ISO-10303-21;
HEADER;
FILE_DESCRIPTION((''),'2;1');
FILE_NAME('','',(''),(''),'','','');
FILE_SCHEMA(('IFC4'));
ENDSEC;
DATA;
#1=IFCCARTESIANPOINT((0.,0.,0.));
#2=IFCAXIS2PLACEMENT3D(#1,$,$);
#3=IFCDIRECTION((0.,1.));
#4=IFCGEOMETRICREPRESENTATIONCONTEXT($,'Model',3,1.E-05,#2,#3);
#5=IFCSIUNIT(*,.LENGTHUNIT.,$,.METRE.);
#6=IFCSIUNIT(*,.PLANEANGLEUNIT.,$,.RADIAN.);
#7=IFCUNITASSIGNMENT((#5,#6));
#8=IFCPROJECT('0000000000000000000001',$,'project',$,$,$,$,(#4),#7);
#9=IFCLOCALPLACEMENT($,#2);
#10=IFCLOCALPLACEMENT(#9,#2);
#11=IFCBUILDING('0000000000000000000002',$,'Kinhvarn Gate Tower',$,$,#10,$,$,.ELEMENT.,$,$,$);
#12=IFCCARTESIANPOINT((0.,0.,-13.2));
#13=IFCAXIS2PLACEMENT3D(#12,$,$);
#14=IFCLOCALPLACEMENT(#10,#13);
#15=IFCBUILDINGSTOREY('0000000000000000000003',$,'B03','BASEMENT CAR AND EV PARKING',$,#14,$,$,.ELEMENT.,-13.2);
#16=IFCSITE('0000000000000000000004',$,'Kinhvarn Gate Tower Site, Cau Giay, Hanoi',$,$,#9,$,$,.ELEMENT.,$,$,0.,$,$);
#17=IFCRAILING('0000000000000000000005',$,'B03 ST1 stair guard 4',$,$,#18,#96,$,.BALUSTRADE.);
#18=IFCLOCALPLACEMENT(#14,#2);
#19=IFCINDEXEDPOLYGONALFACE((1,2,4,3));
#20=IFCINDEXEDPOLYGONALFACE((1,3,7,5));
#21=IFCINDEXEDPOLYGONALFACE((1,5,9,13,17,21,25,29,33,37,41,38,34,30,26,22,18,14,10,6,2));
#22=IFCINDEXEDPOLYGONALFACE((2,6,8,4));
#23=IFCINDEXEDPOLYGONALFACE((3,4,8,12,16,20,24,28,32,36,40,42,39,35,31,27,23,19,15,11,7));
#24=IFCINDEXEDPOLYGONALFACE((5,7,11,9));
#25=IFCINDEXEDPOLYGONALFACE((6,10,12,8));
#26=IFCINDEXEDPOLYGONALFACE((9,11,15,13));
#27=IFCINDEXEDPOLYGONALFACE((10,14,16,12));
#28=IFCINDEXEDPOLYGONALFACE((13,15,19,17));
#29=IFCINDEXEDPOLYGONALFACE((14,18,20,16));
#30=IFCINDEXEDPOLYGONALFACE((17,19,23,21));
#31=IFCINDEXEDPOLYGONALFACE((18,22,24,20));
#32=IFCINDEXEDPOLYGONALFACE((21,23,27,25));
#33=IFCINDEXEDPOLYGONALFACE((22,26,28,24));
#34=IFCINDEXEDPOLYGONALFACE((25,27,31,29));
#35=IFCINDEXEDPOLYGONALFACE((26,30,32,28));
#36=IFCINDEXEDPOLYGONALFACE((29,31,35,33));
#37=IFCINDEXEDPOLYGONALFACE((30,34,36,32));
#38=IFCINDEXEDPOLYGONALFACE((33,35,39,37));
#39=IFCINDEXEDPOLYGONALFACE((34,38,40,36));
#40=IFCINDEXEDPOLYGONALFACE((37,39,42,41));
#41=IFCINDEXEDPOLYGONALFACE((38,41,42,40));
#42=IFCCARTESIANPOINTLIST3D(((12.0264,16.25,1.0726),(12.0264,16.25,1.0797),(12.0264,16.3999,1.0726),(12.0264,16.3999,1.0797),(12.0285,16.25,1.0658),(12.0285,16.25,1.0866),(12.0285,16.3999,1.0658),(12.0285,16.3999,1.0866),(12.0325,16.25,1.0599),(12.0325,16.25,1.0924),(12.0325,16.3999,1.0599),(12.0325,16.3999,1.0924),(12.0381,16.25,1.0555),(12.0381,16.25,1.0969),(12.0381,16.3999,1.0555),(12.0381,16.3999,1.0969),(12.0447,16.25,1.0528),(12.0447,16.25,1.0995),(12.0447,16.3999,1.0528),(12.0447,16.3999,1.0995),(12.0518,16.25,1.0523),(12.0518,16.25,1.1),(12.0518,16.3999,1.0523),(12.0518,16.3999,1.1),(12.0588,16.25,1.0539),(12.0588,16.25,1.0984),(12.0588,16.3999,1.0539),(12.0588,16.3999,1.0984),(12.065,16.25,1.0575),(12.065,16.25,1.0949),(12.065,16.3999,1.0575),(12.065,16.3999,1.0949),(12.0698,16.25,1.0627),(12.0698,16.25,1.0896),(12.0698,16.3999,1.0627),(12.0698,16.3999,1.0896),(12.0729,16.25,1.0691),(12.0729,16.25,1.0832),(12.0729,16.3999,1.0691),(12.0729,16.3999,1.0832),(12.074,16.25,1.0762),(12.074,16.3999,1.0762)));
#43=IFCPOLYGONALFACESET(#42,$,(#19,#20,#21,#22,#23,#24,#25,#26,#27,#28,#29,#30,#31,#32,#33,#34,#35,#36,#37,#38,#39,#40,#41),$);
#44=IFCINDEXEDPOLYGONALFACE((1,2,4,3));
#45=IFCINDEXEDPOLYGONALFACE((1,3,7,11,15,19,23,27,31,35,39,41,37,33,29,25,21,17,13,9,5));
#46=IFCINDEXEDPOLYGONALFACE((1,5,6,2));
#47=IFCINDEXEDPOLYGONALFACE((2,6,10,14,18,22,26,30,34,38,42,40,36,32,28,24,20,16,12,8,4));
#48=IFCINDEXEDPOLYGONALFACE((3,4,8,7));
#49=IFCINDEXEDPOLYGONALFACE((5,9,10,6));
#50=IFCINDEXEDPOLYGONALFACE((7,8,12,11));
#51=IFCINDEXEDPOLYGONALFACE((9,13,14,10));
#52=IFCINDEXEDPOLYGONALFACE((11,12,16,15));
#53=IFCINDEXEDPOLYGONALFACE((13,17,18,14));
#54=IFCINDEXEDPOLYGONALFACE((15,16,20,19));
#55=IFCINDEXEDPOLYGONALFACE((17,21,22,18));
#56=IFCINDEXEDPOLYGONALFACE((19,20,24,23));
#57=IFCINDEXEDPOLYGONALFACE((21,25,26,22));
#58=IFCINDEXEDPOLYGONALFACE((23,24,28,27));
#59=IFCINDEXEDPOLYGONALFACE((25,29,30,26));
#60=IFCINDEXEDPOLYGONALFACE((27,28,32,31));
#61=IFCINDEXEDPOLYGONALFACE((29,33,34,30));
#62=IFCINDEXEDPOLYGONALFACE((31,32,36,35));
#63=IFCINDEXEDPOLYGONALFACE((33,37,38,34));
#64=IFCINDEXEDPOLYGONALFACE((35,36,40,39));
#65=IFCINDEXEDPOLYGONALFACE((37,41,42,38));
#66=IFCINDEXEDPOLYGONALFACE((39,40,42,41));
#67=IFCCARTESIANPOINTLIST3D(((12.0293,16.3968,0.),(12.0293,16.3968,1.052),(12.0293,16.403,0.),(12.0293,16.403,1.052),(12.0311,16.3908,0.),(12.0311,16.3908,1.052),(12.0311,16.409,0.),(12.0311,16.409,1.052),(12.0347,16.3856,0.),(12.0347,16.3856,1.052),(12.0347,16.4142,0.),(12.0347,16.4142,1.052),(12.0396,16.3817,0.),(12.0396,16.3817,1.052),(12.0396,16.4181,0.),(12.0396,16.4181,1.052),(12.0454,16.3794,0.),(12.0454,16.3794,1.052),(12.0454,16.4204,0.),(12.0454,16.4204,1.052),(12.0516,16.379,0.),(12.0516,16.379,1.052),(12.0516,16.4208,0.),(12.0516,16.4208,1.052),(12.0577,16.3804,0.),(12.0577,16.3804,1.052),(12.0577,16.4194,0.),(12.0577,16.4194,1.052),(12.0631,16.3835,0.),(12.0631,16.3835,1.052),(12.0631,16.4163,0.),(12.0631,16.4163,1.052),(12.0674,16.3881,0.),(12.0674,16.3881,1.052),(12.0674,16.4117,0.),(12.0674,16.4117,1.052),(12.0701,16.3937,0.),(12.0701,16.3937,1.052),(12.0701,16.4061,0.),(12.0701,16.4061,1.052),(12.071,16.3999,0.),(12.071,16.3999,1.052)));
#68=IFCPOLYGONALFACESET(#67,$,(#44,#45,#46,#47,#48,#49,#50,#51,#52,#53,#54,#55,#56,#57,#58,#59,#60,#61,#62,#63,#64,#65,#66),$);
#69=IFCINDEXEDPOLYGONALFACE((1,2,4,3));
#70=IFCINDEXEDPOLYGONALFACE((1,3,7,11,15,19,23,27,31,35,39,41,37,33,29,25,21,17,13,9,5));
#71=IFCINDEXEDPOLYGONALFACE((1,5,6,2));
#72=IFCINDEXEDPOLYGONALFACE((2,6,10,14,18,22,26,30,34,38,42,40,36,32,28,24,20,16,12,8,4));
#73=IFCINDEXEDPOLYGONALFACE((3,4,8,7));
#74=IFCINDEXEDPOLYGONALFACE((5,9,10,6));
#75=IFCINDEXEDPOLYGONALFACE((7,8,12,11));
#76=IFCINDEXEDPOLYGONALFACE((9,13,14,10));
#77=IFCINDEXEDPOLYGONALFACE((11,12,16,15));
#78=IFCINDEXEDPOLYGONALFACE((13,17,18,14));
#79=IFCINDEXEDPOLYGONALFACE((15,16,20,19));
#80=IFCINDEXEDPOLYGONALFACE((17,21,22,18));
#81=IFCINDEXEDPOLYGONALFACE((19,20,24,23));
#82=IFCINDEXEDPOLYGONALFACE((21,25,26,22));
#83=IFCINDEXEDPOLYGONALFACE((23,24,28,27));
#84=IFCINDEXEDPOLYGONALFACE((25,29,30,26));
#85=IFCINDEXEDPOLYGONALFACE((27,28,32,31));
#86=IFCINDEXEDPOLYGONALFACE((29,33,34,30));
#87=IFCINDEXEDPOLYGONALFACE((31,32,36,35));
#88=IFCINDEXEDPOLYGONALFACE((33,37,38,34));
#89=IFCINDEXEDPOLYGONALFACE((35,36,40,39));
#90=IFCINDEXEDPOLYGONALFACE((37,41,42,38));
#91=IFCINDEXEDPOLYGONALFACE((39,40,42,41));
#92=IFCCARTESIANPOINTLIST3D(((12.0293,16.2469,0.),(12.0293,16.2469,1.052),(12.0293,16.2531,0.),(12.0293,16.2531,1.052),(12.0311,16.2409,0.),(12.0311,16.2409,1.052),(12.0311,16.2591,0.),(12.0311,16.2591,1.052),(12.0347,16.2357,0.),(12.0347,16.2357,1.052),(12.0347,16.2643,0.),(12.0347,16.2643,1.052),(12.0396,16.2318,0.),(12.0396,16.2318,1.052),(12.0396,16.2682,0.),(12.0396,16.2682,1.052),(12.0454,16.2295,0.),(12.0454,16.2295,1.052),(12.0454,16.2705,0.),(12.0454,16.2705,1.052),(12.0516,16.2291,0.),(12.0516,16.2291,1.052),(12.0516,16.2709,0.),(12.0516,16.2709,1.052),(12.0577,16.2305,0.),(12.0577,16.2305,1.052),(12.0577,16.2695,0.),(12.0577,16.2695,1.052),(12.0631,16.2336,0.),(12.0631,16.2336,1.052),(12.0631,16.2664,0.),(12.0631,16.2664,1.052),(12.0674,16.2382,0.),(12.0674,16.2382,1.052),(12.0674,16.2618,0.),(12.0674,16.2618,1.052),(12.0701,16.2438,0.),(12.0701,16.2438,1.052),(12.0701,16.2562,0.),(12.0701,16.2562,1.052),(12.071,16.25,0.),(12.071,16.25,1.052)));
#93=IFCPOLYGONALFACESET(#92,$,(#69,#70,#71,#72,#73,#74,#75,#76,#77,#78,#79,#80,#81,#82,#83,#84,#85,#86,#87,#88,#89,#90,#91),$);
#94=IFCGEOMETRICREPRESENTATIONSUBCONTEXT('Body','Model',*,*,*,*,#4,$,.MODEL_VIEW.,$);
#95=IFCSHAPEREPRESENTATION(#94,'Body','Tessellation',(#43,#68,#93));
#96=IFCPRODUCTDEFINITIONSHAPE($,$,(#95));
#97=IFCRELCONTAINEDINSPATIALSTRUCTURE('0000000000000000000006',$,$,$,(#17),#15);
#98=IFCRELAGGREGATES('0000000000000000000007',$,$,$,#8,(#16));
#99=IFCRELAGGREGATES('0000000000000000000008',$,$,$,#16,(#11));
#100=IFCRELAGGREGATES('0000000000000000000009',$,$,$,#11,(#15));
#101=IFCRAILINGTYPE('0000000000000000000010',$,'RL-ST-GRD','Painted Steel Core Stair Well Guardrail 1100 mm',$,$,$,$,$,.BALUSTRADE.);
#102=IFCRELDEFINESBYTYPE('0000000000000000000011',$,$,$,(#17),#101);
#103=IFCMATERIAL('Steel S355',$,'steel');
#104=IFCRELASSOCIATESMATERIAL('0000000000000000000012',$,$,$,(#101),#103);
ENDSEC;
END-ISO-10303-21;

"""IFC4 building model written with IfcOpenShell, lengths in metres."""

from ifc_helpers import new_model, si_unit, direction, frame, origin, origin_2d, place, context, subcontext, project, spatial, circle, extrude, material, type_object, element, save


model = new_model("IFC4")

# Units and contexts
model_context = context("Model", 3, precision=1e-05, world=origin(), true_north=direction((0.0, 1.0)))
body_context = subcontext(model_context, "Body", "Model", "MODEL_VIEW")
ifc_project = project(units=[si_unit("LENGTHUNIT", "METRE"), si_unit("PLANEANGLEUNIT", "RADIAN")], contexts=[model_context])

# Site, building, storey
site_placement = place(None, origin())
site = spatial("IfcSite", under=ifc_project, at=site_placement, Name="Kinhvarn Gate Tower Site, Cau Giay, Hanoi", CompositionType="ELEMENT", RefElevation=0.0)
building_placement = place(site_placement, origin())
building = spatial("IfcBuilding", under=site, at=building_placement, Name="Kinhvarn Gate Tower", CompositionType="ELEMENT")
storey_placement = place(building_placement, frame((0.0, 0.0, -13.2)))
storey = spatial("IfcBuildingStorey", under=building, at=storey_placement, Name="B03", Description="BASEMENT CAR AND EV PARKING", CompositionType="ELEMENT", Elevation=-13.2)

# Shared definitions
ifc_material_1 = material(Name="Steel S355", Category="steel")

# Railing
railing_type_1 = type_object("IfcRailingType", Name="RL-ST-GRD", Description="Painted Steel Core Stair Well Guardrail 1100 mm", PredefinedType="BALUSTRADE", material=ifc_material_1)
railing_1_placement = place(storey_placement, frame((12.05, 16.3999, 0.0)))
element("IfcRailing", 1, at=railing_1_placement, inside=storey, type_object=railing_type_1, Name="B03 ST1 stair guard 4", PredefinedType="BALUSTRADE", context=body_context, shape_type="SweptSolid", body=[
    extrude(circle(Radius=0.0239, at=origin_2d()), frame((0.0, 0.0, 1.0762), z_axis=(0.0, -1.0, 0.0), x_axis=(1.0, 0.0, 0.0)), (0.0, 0.0, 1.0), 0.1499),
    extrude(circle(Radius=0.021, at=origin_2d()), origin(), (0.0, 0.0, 1.0), 1.052),
    extrude(circle(Radius=0.021, at=origin_2d()), frame((0.0, -0.1499, 0.0)), (0.0, 0.0, 1.0), 1.052),
])

save(model, "model.ifc")
